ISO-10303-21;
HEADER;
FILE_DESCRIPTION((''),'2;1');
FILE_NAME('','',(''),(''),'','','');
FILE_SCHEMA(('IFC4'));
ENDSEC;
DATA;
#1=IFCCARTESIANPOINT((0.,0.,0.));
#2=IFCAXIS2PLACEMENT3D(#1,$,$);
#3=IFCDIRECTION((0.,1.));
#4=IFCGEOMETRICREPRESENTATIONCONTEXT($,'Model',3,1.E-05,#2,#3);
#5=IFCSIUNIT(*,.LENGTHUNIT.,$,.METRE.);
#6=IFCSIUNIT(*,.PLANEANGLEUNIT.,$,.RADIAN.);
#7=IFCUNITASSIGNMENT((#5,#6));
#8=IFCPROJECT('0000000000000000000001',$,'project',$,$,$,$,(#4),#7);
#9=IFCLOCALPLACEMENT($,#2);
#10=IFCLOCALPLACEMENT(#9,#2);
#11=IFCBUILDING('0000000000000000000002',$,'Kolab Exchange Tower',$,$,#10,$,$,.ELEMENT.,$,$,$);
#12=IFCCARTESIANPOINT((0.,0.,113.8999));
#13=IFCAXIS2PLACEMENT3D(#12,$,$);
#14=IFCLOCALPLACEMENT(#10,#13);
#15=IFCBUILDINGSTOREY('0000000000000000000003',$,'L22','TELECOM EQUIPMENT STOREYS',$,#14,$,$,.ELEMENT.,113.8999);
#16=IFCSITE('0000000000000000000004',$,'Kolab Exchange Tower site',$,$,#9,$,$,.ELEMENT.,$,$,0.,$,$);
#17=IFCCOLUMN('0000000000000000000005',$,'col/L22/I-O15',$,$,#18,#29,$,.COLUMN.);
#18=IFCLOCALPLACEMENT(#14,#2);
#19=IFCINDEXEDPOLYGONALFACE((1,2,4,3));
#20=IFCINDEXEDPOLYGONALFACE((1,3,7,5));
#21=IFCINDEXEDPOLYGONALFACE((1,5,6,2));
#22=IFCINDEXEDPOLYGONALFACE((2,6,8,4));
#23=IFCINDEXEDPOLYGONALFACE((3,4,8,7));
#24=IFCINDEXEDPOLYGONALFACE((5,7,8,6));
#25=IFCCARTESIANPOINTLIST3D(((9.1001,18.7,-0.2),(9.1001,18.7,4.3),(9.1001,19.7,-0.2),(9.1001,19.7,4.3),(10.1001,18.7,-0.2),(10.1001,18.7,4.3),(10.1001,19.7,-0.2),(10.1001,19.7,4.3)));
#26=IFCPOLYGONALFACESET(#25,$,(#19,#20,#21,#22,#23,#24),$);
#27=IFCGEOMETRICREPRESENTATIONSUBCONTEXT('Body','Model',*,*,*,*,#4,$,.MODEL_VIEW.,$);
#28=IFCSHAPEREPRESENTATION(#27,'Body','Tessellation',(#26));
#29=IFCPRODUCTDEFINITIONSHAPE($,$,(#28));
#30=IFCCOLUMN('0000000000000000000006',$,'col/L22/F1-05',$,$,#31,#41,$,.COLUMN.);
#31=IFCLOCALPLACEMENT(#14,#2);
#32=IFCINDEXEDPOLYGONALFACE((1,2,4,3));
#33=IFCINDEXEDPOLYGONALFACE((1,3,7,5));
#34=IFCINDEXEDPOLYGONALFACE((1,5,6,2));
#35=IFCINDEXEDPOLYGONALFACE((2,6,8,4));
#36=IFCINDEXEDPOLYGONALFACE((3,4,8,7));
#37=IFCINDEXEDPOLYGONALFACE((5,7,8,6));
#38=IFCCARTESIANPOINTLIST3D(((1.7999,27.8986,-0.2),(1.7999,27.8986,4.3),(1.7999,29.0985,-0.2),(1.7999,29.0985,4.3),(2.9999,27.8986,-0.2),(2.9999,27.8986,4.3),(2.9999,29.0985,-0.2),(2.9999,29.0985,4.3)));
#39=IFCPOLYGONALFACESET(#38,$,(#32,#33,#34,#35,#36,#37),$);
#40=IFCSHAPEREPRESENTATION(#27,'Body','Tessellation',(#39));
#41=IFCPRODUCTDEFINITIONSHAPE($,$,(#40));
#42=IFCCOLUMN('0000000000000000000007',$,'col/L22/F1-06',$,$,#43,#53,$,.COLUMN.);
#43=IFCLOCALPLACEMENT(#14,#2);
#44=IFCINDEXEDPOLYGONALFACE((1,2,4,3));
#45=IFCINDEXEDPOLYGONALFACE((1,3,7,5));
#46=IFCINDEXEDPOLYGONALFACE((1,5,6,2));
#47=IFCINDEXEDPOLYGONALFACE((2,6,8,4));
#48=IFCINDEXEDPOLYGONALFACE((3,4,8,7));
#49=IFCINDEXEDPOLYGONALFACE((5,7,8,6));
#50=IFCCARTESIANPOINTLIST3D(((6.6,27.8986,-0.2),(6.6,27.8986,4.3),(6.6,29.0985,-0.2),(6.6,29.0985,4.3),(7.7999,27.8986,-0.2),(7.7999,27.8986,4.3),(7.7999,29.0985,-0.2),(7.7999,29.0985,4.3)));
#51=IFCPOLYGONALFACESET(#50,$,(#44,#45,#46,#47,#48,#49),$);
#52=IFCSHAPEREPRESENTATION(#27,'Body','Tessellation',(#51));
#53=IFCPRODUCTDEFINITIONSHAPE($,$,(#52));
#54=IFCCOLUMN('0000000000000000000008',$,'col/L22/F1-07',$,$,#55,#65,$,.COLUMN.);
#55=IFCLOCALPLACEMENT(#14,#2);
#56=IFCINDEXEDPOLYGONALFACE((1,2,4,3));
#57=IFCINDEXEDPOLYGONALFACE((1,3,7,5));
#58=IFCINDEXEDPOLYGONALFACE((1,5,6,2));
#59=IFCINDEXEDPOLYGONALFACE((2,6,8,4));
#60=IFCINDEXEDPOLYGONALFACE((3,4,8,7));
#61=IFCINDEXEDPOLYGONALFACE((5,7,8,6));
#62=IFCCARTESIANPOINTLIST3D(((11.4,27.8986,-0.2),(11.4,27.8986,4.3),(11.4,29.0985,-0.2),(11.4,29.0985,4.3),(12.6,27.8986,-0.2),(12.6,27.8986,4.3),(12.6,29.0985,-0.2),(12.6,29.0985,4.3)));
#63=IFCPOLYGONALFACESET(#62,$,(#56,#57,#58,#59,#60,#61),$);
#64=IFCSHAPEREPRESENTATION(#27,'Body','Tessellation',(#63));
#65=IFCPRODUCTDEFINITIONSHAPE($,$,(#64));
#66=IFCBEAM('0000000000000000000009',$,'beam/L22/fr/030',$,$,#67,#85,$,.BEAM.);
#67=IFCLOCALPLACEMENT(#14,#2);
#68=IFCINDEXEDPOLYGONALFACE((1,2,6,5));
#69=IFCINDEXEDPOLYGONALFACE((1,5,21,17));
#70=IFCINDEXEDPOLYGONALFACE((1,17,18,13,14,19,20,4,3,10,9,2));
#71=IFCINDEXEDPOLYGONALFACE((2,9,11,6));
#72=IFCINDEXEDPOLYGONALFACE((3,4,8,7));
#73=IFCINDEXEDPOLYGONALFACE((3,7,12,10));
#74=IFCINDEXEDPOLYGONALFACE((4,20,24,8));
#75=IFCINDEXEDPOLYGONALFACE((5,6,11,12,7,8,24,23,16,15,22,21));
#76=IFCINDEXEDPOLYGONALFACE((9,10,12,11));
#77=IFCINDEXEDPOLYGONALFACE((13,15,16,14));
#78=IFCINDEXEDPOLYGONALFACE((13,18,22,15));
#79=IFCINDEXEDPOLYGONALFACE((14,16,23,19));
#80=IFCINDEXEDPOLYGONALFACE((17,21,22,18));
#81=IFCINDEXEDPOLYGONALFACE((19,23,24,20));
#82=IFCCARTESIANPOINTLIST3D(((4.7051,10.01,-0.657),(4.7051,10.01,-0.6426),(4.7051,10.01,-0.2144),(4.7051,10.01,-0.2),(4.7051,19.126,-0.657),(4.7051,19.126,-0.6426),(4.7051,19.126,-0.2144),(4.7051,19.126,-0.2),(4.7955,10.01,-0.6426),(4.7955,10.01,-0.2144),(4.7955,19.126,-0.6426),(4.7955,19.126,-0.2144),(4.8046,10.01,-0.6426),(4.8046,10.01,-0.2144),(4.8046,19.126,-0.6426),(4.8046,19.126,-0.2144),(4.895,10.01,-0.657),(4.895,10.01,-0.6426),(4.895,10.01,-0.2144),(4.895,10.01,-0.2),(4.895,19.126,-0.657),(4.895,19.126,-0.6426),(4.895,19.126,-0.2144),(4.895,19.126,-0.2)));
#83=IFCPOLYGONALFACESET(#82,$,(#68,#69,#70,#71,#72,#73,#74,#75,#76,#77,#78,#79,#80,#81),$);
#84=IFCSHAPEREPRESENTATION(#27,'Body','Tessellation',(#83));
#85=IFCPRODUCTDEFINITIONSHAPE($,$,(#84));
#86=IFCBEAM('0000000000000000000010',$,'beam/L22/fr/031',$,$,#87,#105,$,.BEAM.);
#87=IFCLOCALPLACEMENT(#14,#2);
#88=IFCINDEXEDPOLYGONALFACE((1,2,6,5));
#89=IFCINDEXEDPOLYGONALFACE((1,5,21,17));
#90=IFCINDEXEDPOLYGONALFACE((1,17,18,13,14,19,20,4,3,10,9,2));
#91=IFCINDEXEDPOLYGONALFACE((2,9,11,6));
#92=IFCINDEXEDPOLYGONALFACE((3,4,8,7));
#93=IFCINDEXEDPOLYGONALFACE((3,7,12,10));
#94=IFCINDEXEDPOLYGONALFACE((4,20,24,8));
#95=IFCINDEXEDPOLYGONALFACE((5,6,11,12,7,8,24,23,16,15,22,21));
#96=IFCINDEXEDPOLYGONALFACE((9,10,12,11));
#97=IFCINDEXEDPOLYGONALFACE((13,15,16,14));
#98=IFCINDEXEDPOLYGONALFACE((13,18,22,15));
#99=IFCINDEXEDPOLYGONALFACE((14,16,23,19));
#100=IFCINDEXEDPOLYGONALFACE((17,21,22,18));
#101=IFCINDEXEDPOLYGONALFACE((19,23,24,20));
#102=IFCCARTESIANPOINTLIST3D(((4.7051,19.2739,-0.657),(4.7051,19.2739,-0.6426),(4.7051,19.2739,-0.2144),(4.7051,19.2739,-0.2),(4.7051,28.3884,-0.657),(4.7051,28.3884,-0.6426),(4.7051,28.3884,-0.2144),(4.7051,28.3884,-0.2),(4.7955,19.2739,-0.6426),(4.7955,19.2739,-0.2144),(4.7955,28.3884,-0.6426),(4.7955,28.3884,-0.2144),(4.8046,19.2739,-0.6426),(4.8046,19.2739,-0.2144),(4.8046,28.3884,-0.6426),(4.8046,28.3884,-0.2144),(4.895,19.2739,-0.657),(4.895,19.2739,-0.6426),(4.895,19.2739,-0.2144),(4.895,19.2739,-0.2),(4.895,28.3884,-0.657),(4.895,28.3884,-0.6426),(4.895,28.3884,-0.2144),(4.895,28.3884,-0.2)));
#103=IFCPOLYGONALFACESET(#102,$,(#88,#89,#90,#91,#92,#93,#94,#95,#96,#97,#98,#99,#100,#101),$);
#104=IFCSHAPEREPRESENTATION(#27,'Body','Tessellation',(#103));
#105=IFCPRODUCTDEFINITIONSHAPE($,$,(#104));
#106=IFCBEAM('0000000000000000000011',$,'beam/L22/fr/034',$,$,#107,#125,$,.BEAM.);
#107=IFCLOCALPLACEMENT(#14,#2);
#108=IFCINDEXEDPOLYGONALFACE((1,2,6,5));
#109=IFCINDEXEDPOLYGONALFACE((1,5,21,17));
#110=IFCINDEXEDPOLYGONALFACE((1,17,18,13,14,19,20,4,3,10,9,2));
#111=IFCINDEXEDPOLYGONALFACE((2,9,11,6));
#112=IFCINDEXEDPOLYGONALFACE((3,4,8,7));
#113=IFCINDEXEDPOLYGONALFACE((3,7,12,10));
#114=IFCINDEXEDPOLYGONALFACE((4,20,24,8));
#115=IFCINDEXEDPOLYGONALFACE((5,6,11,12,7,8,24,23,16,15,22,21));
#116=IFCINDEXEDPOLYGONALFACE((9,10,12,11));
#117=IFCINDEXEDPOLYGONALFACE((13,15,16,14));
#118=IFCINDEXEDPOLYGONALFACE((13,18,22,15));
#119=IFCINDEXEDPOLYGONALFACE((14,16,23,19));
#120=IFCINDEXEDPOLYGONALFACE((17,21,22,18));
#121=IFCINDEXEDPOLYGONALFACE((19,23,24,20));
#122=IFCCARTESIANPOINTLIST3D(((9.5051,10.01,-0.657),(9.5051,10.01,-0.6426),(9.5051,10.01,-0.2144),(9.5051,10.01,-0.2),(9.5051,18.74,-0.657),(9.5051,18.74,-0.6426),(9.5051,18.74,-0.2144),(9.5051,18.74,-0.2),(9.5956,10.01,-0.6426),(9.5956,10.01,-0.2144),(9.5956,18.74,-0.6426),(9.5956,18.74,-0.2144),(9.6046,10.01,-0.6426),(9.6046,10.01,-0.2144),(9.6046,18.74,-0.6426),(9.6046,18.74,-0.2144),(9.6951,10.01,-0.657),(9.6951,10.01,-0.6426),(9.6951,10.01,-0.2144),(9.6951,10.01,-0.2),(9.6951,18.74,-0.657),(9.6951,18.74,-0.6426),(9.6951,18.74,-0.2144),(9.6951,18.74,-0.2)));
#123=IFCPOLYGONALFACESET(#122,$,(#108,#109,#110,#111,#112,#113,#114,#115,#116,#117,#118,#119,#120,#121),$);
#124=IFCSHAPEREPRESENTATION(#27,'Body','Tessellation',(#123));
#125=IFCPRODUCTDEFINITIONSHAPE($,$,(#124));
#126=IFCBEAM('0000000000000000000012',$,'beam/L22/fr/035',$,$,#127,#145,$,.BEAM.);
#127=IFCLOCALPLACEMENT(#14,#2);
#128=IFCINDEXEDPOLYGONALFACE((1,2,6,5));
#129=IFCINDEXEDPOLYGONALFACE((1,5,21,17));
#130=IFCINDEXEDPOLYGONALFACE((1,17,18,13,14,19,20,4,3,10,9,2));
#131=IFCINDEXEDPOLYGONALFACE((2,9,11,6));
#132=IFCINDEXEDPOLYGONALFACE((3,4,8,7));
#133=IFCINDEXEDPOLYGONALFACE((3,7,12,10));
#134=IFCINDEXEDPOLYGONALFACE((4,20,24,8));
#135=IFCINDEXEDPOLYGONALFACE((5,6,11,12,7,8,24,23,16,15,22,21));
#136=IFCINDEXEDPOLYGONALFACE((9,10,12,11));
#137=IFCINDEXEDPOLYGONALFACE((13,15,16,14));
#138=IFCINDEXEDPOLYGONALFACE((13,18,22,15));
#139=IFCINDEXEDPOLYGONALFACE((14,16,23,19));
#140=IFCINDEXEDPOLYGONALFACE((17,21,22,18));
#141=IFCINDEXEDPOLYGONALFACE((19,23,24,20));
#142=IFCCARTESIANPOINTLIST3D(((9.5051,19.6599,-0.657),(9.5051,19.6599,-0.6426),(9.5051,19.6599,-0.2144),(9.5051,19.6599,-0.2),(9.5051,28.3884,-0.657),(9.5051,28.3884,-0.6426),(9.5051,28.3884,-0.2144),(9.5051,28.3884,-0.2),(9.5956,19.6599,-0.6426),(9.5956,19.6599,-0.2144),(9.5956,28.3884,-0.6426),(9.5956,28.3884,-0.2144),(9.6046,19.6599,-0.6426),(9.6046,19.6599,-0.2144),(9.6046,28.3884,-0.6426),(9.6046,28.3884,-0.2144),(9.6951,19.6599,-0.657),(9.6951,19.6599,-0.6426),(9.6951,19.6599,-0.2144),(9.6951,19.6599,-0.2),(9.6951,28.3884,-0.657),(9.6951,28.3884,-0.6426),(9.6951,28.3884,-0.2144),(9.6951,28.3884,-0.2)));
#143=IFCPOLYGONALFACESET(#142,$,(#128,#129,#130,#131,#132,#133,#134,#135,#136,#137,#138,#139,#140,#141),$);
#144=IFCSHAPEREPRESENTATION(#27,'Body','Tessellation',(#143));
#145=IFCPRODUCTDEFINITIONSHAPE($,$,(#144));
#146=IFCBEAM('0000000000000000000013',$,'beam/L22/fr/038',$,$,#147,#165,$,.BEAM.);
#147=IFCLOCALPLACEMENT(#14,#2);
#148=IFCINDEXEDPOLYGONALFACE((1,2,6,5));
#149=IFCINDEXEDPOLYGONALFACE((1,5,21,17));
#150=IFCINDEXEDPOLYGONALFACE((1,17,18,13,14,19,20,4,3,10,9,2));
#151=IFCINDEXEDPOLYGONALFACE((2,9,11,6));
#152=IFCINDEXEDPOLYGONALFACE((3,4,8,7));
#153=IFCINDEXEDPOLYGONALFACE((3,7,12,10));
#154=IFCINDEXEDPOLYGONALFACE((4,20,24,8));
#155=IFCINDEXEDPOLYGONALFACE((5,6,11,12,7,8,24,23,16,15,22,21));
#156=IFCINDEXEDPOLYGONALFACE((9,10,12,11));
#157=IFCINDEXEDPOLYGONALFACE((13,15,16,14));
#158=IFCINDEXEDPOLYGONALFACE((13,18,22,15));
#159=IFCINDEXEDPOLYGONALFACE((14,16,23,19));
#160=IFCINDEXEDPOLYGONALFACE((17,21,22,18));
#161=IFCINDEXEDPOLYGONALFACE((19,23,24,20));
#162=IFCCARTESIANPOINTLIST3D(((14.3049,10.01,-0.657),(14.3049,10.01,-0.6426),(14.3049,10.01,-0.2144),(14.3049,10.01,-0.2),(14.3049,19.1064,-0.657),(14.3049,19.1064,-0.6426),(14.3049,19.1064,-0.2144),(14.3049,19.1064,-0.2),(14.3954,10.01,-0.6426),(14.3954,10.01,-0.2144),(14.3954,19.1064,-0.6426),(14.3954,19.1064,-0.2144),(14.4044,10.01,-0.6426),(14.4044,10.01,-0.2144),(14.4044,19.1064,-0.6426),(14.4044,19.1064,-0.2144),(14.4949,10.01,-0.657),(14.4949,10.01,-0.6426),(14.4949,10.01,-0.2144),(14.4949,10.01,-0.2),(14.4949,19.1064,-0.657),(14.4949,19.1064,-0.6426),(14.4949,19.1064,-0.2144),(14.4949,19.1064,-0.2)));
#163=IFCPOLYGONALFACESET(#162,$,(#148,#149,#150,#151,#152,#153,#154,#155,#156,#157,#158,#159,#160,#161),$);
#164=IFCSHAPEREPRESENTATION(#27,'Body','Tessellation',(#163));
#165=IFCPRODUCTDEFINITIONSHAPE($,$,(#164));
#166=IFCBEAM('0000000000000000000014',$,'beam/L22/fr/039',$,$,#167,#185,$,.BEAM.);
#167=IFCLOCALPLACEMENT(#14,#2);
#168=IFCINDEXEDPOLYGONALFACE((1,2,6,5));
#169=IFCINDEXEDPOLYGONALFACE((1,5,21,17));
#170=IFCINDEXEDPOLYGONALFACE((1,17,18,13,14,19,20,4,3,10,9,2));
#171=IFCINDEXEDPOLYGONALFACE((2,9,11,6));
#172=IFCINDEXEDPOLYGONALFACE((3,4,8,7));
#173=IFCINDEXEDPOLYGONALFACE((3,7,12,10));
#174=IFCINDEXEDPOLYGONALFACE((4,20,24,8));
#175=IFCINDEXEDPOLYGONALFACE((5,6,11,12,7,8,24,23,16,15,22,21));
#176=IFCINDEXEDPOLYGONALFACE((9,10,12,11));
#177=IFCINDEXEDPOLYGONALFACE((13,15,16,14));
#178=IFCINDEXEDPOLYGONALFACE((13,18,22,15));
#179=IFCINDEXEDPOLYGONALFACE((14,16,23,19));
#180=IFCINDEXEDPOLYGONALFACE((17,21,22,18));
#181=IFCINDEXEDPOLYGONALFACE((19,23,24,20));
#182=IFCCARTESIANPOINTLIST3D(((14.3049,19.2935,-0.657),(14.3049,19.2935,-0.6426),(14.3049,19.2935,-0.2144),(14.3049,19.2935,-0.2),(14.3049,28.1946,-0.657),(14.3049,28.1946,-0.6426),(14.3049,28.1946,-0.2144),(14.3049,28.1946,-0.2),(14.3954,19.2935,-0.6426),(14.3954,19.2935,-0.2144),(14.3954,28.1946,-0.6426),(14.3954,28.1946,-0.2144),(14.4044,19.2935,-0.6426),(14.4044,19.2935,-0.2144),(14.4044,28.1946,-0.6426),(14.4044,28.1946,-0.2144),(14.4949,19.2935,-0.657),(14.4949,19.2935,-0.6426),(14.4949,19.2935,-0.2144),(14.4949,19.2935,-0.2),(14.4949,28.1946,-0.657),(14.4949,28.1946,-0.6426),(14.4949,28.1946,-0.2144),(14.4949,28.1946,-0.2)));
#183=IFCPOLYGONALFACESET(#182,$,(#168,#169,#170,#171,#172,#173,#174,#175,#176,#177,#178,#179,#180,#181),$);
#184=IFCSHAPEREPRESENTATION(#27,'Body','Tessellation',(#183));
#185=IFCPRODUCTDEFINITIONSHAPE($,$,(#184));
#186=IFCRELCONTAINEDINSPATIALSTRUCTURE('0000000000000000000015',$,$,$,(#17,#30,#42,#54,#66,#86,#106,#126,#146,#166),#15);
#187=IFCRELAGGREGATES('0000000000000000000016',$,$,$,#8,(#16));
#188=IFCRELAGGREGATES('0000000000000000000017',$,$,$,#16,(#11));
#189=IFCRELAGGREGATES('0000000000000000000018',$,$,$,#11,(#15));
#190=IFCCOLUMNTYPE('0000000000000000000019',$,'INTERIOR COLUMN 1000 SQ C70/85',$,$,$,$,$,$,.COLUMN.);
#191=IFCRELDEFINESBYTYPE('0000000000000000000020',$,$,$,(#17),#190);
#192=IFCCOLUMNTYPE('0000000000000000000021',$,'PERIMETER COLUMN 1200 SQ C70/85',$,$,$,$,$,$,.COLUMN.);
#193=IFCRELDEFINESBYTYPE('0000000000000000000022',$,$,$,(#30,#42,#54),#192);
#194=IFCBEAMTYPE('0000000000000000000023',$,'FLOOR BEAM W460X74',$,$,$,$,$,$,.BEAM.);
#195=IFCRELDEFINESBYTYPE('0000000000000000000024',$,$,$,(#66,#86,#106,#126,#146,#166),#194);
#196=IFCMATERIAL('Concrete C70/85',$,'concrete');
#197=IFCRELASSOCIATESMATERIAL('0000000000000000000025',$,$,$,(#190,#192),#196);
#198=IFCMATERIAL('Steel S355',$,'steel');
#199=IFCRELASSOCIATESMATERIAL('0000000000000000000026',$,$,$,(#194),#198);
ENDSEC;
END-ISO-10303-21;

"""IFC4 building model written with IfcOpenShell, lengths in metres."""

from ifc_helpers import new_model, si_unit, direction, frame, origin, origin_2d, place, context, subcontext, project, spatial, rectangle, i_section, extrude, material, material_profile, profile_set, type_object, element, save


model = new_model("IFC4")

# Units and contexts
model_context = context("Model", 3, precision=1e-05, world=origin(), true_north=direction((0.0, 1.0)))
body_context = subcontext(model_context, "Body", "Model", "MODEL_VIEW")
ifc_project = project(units=[si_unit("LENGTHUNIT", "METRE"), si_unit("PLANEANGLEUNIT", "RADIAN")], contexts=[model_context])

# Site, building, storey
site_placement = place(None, origin())
site = spatial("IfcSite", under=ifc_project, at=site_placement, Name="Kolab Exchange Tower site", CompositionType="ELEMENT", RefElevation=0.0)
building_placement = place(site_placement, origin())
building = spatial("IfcBuilding", under=site, at=building_placement, Name="Kolab Exchange Tower", CompositionType="ELEMENT")
storey_placement = place(building_placement, frame((0.0, 0.0, 113.8999)))
storey = spatial("IfcBuildingStorey", under=building, at=storey_placement, Name="L22", Description="TELECOM EQUIPMENT STOREYS", CompositionType="ELEMENT", Elevation=113.8999)

# Columns
ifc_material_1 = material(Name="Concrete C70/85", Category="concrete")
ifc_material_profile_1 = material_profile(ifc_material_1, rectangle(XDim=1.0, YDim=1.0, at=origin_2d()), Name="RC1000")
ifc_profile_set_1 = profile_set([ifc_material_profile_1], Name="Concrete C70/85")
column_type_1 = type_object("IfcColumnType", Name="INTERIOR COLUMN 1000 SQ C70/85", PredefinedType="COLUMN", material=ifc_profile_set_1)
column_placement = place(storey_placement, frame((9.6001, 19.2, -0.2), z_axis=(0.0, 0.0, 1.0), x_axis=(1.0, 0.0, 0.0)))
element("IfcColumn", 1, at=column_placement, inside=storey, type_object=column_type_1, Name="col/L22/I-O15", PredefinedType="COLUMN", context=body_context, shape_type="SweptSolid", body=[
    extrude(rectangle(XDim=1.0, YDim=1.0, at=origin_2d()), origin(), (0.0, 0.0, 1.0), 4.5),
])
ifc_material_profile_2 = material_profile(ifc_material_1, rectangle(XDim=1.2, YDim=1.2, at=origin_2d()), Name="RC1200")
ifc_profile_set_2 = profile_set([ifc_material_profile_2], Name="Concrete C70/85")
column_type_2 = type_object("IfcColumnType", Name="PERIMETER COLUMN 1200 SQ C70/85", PredefinedType="COLUMN", material=ifc_profile_set_2)
for number, where, z_axis, x_axis, name in (
    (2, (2.3999, 28.4985, -0.2), (0.0, 0.0, 1.0), (1.0, 0.0, 0.0), "col/L22/F1-05"),
    (3, (7.2, 28.4985, -0.2), (0.0, 0.0, 1.0), (1.0, 0.0, 0.0), "col/L22/F1-06"),
    (4, (12.0, 28.4985, -0.2), (0.0, 0.0, 1.0), (1.0, 0.0, 0.0), "col/L22/F1-07"),
):
    element("IfcColumn", number, at=place(storey_placement, frame(where, z_axis=z_axis, x_axis=x_axis)), inside=storey, type_object=column_type_2, Name=name, PredefinedType="COLUMN", context=body_context, shape_type="SweptSolid", body=[
        extrude(rectangle(XDim=1.2, YDim=1.2, at=origin_2d()), origin(), (0.0, 0.0, 1.0), 4.5),
    ])

# Beams
ifc_material_2 = material(Name="Steel S355", Category="steel")
ifc_material_profile_3 = material_profile(ifc_material_2, i_section(OverallWidth=0.1899, OverallDepth=0.457, WebThickness=0.009, FlangeThickness=0.0144, at=origin_2d()), Name="W460X74")
ifc_profile_set_3 = profile_set([ifc_material_profile_3], Name="Steel S355")
beam_type_1 = type_object("IfcBeamType", Name="FLOOR BEAM W460X74", PredefinedType="BEAM", material=ifc_profile_set_3)
beam_1_placement = place(storey_placement, frame((4.8, 10.01, -0.4285), z_axis=(0.0, 1.0, 0.0), x_axis=(-1.0, 0.0, 0.0)))
element("IfcBeam", 5, at=beam_1_placement, inside=storey, type_object=beam_type_1, Name="beam/L22/fr/030", PredefinedType="BEAM", context=body_context, shape_type="SweptSolid", body=[
    extrude(i_section(OverallWidth=0.1899, OverallDepth=0.457, WebThickness=0.009, FlangeThickness=0.0144, at=origin_2d()), origin(), (0.0, 0.0, 1.0), 9.116),
])
beam_2_placement = place(storey_placement, frame((4.8, 19.2739, -0.4285), z_axis=(0.0, 1.0, 0.0), x_axis=(-1.0, 0.0, 0.0)))
element("IfcBeam", 6, at=beam_2_placement, inside=storey, type_object=beam_type_1, Name="beam/L22/fr/031", PredefinedType="BEAM", context=body_context, shape_type="SweptSolid", body=[
    extrude(i_section(OverallWidth=0.1899, OverallDepth=0.457, WebThickness=0.009, FlangeThickness=0.0144, at=origin_2d()), origin(), (0.0, 0.0, 1.0), 9.1145),
])
beam_3_placement = place(storey_placement, frame((9.6001, 10.01, -0.4285), z_axis=(0.0, 1.0, 0.0), x_axis=(-1.0, 0.0, 0.0)))
element("IfcBeam", 7, at=beam_3_placement, inside=storey, type_object=beam_type_1, Name="beam/L22/fr/034", PredefinedType="BEAM", context=body_context, shape_type="SweptSolid", body=[
    extrude(i_section(OverallWidth=0.1899, OverallDepth=0.457, WebThickness=0.009, FlangeThickness=0.0144, at=origin_2d()), origin(), (0.0, 0.0, 1.0), 8.73),
])
beam_4_placement = place(storey_placement, frame((9.6001, 19.6599, -0.4285), z_axis=(0.0, 1.0, 0.0), x_axis=(-1.0, 0.0, 0.0)))
element("IfcBeam", 8, at=beam_4_placement, inside=storey, type_object=beam_type_1, Name="beam/L22/fr/035", PredefinedType="BEAM", context=body_context, shape_type="SweptSolid", body=[
    extrude(i_section(OverallWidth=0.1899, OverallDepth=0.457, WebThickness=0.009, FlangeThickness=0.0144, at=origin_2d()), origin(), (0.0, 0.0, 1.0), 8.7285),
])
beam_5_placement = place(storey_placement, frame((14.3999, 10.01, -0.4285), z_axis=(0.0, 1.0, 0.0), x_axis=(-1.0, 0.0, 0.0)))
element("IfcBeam", 9, at=beam_5_placement, inside=storey, type_object=beam_type_1, Name="beam/L22/fr/038", PredefinedType="BEAM", context=body_context, shape_type="SweptSolid", body=[
    extrude(i_section(OverallWidth=0.1899, OverallDepth=0.457, WebThickness=0.009, FlangeThickness=0.0144, at=origin_2d()), origin(), (0.0, 0.0, 1.0), 9.0964),
])
beam_6_placement = place(storey_placement, frame((14.3999, 19.2935, -0.4285), z_axis=(0.0, 1.0, 0.0), x_axis=(-1.0, 0.0, 0.0)))
element("IfcBeam", 10, at=beam_6_placement, inside=storey, type_object=beam_type_1, Name="beam/L22/fr/039", PredefinedType="BEAM", context=body_context, shape_type="SweptSolid", body=[
    extrude(i_section(OverallWidth=0.1899, OverallDepth=0.457, WebThickness=0.009, FlangeThickness=0.0144, at=origin_2d()), origin(), (0.0, 0.0, 1.0), 8.9011),
])

save(model, "model.ifc")
